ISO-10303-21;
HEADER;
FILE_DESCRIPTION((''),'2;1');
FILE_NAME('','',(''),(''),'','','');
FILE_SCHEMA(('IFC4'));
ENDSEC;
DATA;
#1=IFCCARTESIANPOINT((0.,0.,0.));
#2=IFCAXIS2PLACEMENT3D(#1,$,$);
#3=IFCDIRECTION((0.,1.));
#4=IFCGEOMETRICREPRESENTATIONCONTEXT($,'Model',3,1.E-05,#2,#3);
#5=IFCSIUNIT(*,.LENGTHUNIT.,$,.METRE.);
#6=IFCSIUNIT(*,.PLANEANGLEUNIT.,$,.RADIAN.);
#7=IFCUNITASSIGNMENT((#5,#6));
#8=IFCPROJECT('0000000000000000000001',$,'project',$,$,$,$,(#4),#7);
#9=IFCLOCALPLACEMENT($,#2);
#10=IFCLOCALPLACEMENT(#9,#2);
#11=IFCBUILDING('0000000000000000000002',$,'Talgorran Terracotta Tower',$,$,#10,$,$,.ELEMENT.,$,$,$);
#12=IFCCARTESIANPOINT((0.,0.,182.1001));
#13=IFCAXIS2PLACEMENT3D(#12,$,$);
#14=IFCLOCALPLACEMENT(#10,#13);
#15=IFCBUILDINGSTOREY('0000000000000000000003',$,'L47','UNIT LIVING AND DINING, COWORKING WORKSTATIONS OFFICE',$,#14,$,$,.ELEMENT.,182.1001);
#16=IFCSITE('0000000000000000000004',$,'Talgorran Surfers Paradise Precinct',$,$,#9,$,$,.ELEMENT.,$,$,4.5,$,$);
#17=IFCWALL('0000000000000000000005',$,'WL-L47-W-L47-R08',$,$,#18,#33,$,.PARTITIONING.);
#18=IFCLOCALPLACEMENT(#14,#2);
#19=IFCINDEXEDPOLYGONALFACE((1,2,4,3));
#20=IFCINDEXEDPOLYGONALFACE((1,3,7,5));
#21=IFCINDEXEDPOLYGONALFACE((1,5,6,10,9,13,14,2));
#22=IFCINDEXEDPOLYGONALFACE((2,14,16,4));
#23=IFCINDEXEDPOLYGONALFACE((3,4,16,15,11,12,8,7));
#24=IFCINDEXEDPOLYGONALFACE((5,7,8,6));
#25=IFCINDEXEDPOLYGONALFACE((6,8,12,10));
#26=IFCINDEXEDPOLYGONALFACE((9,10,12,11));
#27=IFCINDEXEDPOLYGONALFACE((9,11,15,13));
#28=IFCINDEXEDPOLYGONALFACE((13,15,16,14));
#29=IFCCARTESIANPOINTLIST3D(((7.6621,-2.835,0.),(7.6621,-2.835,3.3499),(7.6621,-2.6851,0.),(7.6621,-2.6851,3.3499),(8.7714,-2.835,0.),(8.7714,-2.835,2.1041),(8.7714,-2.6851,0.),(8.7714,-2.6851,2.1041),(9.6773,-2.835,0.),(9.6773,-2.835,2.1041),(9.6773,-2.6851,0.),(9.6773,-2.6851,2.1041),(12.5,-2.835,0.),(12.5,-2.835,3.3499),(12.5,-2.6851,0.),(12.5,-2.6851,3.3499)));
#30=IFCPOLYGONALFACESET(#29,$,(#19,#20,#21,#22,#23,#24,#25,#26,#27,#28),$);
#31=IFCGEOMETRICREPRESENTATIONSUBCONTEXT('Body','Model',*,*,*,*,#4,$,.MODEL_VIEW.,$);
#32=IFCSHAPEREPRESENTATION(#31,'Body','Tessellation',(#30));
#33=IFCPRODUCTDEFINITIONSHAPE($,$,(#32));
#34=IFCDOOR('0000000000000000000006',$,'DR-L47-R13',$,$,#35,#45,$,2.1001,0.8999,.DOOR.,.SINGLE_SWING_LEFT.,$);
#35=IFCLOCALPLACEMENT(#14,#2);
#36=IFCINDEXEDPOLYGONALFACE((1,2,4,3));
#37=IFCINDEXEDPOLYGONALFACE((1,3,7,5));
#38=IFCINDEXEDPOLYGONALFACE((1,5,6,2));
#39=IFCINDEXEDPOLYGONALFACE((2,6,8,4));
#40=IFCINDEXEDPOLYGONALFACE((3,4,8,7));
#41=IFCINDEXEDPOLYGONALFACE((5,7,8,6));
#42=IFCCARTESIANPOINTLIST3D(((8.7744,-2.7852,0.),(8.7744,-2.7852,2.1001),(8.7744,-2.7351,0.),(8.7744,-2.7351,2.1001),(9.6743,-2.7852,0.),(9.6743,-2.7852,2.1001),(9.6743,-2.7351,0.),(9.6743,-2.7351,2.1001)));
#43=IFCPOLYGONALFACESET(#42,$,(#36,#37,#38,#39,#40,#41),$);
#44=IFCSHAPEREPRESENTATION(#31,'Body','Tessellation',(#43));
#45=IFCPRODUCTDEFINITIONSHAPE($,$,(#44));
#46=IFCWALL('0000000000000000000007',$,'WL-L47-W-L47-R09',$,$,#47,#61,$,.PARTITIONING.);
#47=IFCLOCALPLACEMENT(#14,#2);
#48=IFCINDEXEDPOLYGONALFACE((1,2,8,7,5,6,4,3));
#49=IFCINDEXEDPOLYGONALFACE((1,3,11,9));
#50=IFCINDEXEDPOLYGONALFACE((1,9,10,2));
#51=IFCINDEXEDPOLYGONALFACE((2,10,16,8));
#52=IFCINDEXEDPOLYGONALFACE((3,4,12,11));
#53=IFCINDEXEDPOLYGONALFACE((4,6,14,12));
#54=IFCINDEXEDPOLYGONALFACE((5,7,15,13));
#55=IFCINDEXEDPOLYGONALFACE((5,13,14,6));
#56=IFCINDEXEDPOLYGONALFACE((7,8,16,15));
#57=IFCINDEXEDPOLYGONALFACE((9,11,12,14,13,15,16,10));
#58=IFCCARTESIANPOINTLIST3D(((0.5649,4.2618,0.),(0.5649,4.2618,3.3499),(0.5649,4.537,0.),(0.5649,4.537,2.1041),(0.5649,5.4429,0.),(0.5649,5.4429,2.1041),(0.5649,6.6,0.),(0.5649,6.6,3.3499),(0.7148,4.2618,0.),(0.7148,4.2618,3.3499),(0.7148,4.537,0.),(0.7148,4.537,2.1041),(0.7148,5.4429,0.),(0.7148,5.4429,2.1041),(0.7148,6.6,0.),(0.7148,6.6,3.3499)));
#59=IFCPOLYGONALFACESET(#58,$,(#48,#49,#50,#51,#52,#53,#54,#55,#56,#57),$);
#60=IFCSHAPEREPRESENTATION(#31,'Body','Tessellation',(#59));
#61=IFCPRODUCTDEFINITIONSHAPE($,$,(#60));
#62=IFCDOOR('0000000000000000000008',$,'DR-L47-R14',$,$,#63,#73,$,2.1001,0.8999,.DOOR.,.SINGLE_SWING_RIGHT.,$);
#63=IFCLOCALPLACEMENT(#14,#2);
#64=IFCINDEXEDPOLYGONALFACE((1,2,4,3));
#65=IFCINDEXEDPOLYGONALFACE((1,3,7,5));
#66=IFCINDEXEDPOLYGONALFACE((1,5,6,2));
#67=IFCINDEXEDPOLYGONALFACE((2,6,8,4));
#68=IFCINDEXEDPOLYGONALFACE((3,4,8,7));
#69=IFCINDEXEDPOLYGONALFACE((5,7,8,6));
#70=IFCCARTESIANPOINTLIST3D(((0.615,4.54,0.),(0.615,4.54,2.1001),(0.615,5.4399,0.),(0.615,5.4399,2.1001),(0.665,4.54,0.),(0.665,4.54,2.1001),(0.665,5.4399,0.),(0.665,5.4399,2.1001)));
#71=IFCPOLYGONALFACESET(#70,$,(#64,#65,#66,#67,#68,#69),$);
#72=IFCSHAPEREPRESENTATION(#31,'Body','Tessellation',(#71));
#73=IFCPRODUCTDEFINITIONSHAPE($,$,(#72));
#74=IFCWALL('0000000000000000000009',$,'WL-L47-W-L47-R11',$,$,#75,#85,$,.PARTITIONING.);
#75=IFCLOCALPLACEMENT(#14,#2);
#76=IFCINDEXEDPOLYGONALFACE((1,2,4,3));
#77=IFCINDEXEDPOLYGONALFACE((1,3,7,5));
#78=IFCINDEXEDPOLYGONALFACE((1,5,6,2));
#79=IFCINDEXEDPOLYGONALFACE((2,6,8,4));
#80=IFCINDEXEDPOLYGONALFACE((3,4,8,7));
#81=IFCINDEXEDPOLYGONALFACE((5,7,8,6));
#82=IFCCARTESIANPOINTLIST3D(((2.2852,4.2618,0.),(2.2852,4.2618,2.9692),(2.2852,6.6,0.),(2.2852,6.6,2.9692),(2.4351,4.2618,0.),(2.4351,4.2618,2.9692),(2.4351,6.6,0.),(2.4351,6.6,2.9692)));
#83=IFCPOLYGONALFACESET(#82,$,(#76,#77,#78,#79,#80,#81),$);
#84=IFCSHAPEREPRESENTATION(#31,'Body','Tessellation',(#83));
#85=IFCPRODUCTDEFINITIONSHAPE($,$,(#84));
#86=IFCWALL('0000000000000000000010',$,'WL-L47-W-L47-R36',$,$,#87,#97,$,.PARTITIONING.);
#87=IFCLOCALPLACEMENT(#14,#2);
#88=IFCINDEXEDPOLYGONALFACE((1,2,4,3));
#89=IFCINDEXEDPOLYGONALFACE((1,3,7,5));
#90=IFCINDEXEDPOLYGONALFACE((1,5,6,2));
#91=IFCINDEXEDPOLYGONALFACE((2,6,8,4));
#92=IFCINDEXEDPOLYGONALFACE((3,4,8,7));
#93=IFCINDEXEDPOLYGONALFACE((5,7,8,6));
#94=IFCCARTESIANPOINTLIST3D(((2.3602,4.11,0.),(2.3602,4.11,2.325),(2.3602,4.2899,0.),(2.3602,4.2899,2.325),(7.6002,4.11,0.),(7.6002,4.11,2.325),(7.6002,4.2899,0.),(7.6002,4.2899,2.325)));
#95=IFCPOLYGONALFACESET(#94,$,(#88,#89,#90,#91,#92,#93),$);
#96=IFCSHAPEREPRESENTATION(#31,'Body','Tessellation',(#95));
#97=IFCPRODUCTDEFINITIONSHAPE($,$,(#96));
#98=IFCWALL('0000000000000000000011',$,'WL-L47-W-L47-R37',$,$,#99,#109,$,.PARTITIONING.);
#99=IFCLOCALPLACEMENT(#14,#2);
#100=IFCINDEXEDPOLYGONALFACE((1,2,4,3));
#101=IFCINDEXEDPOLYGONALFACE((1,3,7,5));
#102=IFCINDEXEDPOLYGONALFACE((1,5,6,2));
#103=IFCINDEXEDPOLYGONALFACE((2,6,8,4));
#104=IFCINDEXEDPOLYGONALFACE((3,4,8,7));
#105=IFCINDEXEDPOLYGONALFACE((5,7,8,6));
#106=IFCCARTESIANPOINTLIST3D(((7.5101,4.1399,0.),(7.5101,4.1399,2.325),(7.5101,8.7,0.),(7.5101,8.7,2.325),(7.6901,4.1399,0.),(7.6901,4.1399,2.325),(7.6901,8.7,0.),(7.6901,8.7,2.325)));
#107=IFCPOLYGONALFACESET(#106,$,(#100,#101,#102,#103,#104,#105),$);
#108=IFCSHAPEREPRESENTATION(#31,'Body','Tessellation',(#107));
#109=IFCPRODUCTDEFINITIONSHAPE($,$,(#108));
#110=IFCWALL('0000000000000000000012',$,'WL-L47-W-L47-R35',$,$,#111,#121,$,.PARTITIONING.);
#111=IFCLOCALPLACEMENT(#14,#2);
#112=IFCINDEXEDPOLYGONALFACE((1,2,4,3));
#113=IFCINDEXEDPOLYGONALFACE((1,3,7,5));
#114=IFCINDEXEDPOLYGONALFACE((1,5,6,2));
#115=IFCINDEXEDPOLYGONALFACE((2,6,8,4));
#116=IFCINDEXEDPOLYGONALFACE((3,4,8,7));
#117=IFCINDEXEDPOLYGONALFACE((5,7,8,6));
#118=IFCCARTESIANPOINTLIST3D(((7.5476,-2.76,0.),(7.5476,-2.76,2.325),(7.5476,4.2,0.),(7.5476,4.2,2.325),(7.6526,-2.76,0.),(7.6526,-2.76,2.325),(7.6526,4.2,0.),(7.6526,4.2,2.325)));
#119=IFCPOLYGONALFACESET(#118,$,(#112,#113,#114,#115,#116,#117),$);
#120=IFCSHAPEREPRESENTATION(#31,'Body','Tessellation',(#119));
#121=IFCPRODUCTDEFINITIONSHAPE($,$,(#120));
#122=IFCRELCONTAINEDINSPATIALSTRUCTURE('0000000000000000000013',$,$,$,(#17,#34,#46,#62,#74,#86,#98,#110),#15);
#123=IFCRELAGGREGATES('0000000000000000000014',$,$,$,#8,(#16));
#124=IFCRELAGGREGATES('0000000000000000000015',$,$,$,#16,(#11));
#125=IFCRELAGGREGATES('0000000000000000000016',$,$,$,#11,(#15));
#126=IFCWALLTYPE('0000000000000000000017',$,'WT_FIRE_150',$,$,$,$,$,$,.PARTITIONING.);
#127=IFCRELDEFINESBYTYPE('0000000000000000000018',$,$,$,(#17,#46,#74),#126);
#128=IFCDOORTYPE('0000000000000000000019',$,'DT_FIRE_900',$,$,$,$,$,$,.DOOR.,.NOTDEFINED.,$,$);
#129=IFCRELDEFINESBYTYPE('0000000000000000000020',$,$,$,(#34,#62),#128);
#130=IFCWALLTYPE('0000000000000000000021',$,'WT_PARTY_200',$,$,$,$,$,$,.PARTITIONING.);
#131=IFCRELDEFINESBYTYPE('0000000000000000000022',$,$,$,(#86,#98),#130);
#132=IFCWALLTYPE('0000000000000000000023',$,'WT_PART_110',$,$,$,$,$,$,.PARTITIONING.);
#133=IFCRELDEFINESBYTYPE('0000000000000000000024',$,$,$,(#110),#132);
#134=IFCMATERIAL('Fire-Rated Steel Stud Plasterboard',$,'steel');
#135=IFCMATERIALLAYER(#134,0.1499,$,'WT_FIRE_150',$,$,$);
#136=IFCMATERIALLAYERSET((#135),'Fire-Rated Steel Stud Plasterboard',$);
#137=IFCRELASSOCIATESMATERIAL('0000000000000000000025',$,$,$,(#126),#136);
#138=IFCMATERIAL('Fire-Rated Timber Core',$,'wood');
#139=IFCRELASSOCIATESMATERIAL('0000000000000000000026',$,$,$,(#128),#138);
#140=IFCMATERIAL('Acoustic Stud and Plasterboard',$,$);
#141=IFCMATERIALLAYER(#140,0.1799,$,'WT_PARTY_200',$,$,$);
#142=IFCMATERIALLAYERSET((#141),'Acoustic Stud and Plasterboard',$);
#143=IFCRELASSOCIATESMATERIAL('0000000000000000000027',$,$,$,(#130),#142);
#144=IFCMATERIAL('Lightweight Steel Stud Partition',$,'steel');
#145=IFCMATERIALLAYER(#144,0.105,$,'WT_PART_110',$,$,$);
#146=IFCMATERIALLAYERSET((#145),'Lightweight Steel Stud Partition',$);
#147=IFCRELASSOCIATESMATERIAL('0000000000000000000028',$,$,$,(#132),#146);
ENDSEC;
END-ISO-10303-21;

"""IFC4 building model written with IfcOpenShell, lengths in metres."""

from ifc_helpers import new_model, si_unit, direction, frame, frame_2d, origin, place, context, subcontext, project, spatial, rectangle, extrude, material, layer, layer_set, type_object, element, fill, save


model = new_model("IFC4")

# Units and contexts
model_context = context("Model", 3, precision=1e-05, world=origin(), true_north=direction((0.0, 1.0)))
body_context = subcontext(model_context, "Body", "Model", "MODEL_VIEW")
ifc_project = project(units=[si_unit("LENGTHUNIT", "METRE"), si_unit("PLANEANGLEUNIT", "RADIAN")], contexts=[model_context])

# Site, building, storey
site_placement = place(None, origin())
site = spatial("IfcSite", under=ifc_project, at=site_placement, Name="Talgorran Surfers Paradise Precinct", CompositionType="ELEMENT", RefElevation=4.5)
building_placement = place(site_placement, origin())
building = spatial("IfcBuilding", under=site, at=building_placement, Name="Talgorran Terracotta Tower", CompositionType="ELEMENT")
storey_placement = place(building_placement, frame((0.0, 0.0, 182.1001)))
storey = spatial("IfcBuildingStorey", under=building, at=storey_placement, Name="L47", Description="UNIT LIVING AND DINING, COWORKING WORKSTATIONS OFFICE", CompositionType="ELEMENT", Elevation=182.1001)

# Shared definitions
ifc_material_1 = material(Name="Fire-Rated Steel Stud Plasterboard", Category="steel")
ifc_layer_1 = layer(ifc_material_1, 0.1499, Name="WT_FIRE_150")
ifc_layer_set_1 = layer_set([ifc_layer_1], Name="Fire-Rated Steel Stud Plasterboard")
wall_type_1 = type_object("IfcWallType", Name="WT_FIRE_150", PredefinedType="PARTITIONING", material=ifc_layer_set_1)
ifc_material_2 = material(Name="Fire-Rated Timber Core", Category="wood")
door_type = type_object("IfcDoorType", Name="DT_FIRE_900", OperationType="NOTDEFINED", PredefinedType="DOOR", material=ifc_material_2)

# Walls, openings, doors
wall_1_placement = place(storey_placement, frame((7.6621, -2.76, 0.0), z_axis=(0.0, 0.0, 1.0), x_axis=(1.0, 0.0, 0.0)))
wall_1 = element("IfcWall", 1, at=wall_1_placement, inside=storey, type_object=wall_type_1, Name="WL-L47-W-L47-R08", PredefinedType="PARTITIONING", context=body_context, shape_type="SweptSolid", body=[
    extrude(rectangle(XDim=4.8379, YDim=0.1499, at=frame_2d((2.4189, 0.0))), origin(), (0.0, 0.0, 1.0), 3.3499),
])
opening_1_placement = place(wall_1_placement, frame((1.1123, 0.0, 0.0)))
opening_1 = element("IfcOpeningElement", 2, at=opening_1_placement, cuts=wall_1, PredefinedType="OPENING", context=body_context, shape_type="SweptSolid", body=[
    extrude(rectangle(XDim=0.9059, YDim=2.1041, at=frame_2d((0.45, 1.052))), frame((0.0, 0.085, 0.0), z_axis=(0.0, -1.0, 0.0), x_axis=(1.0, 0.0, 0.0)), (0.0, 0.0, 1.0), 0.1699),
])
door_1_placement = place(opening_1_placement, origin())
door_1 = element("IfcDoor", 3, at=door_1_placement, inside=storey, type_object=door_type, Name="DR-L47-R13", OperationType="SINGLE_SWING_LEFT", OverallHeight=2.1001, OverallWidth=0.8999, PredefinedType="DOOR", context=body_context, shape_type="SweptSolid", body=[
    extrude(rectangle(XDim=0.8999, YDim=2.1001, at=frame_2d((0.45, 1.05))), frame((0.0, 0.0249, 0.0), z_axis=(0.0, -1.0, 0.0), x_axis=(1.0, 0.0, 0.0)), (0.0, 0.0, 1.0), 0.05),
])
fill(opening_1, door_1)
wall_2_placement = place(storey_placement, frame((0.6399, 4.262, 0.0), z_axis=(0.0, 0.0, 1.0), x_axis=(0.0, 1.0, 0.0)))
wall_2 = element("IfcWall", 4, at=wall_2_placement, inside=storey, type_object=wall_type_1, Name="WL-L47-W-L47-R09", PredefinedType="PARTITIONING", context=body_context, shape_type="SweptSolid", body=[
    extrude(rectangle(XDim=2.3381, YDim=0.1499, at=frame_2d((1.1689, 0.0))), origin(), (0.0, 0.0, 1.0), 3.3499),
])
opening_2_placement = place(wall_2_placement, frame((0.2781, 0.0, 0.0)))
opening_2 = element("IfcOpeningElement", 5, at=opening_2_placement, cuts=wall_2, PredefinedType="OPENING", context=body_context, shape_type="SweptSolid", body=[
    extrude(rectangle(XDim=0.9059, YDim=2.1041, at=frame_2d((0.45, 1.052))), frame((0.0, 0.085, 0.0), z_axis=(0.0, -1.0, 0.0), x_axis=(1.0, 0.0, 0.0)), (0.0, 0.0, 1.0), 0.1699),
])
door_2_placement = place(opening_2_placement, origin())
door_2 = element("IfcDoor", 6, at=door_2_placement, inside=storey, type_object=door_type, Name="DR-L47-R14", OperationType="SINGLE_SWING_RIGHT", OverallHeight=2.1001, OverallWidth=0.8999, PredefinedType="DOOR", context=body_context, shape_type="SweptSolid", body=[
    extrude(rectangle(XDim=0.8999, YDim=2.1001, at=frame_2d((0.45, 1.05))), frame((0.0, 0.0249, 0.0), z_axis=(0.0, -1.0, 0.0), x_axis=(1.0, 0.0, 0.0)), (0.0, 0.0, 1.0), 0.05),
])
fill(opening_2, door_2)

# Walls
wall_3_placement = place(storey_placement, frame((2.3601, 4.262, 0.0), z_axis=(0.0, 0.0, 1.0), x_axis=(0.0, 1.0, 0.0)))
element("IfcWall", 7, at=wall_3_placement, inside=storey, type_object=wall_type_1, Name="WL-L47-W-L47-R11", PredefinedType="PARTITIONING", context=body_context, shape_type="SweptSolid", body=[
    extrude(rectangle(XDim=2.3381, YDim=0.1499, at=frame_2d((1.1689, 0.0))), origin(), (0.0, 0.0, 1.0), 2.9692),
])
ifc_material_3 = material(Name="Acoustic Stud and Plasterboard")
ifc_layer_2 = layer(ifc_material_3, 0.1799, Name="WT_PARTY_200")
ifc_layer_set_2 = layer_set([ifc_layer_2], Name="Acoustic Stud and Plasterboard")
wall_type_2 = type_object("IfcWallType", Name="WT_PARTY_200", PredefinedType="PARTITIONING", material=ifc_layer_set_2)
wall_4_placement = place(storey_placement, frame((2.3601, 4.2, 0.0), z_axis=(0.0, 0.0, 1.0), x_axis=(1.0, 0.0, 0.0)))
element("IfcWall", 8, at=wall_4_placement, inside=storey, type_object=wall_type_2, Name="WL-L47-W-L47-R36", PredefinedType="PARTITIONING", context=body_context, shape_type="SweptSolid", body=[
    extrude(rectangle(XDim=5.24, YDim=0.1799, at=frame_2d((2.6201, 0.0))), origin(), (0.0, 0.0, 1.0), 2.325),
])
wall_5_placement = place(storey_placement, frame((7.6001, 4.1399, 0.0), z_axis=(0.0, 0.0, 1.0), x_axis=(0.0, 1.0, 0.0)))
element("IfcWall", 9, at=wall_5_placement, inside=storey, type_object=wall_type_2, Name="WL-L47-W-L47-R37", PredefinedType="PARTITIONING", context=body_context, shape_type="SweptSolid", body=[
    extrude(rectangle(XDim=4.5601, YDim=0.1799, at=frame_2d((2.28, 0.0))), origin(), (0.0, 0.0, 1.0), 2.325),
])
ifc_material_4 = material(Name="Lightweight Steel Stud Partition", Category="steel")
ifc_layer_3 = layer(ifc_material_4, 0.105, Name="WT_PART_110")
ifc_layer_set_3 = layer_set([ifc_layer_3], Name="Lightweight Steel Stud Partition")
wall_type_3 = type_object("IfcWallType", Name="WT_PART_110", PredefinedType="PARTITIONING", material=ifc_layer_set_3)
wall_6_placement = place(storey_placement, frame((7.6001, -2.76, 0.0), z_axis=(0.0, 0.0, 1.0), x_axis=(0.0, 1.0, 0.0)))
element("IfcWall", 10, at=wall_6_placement, inside=storey, type_object=wall_type_3, Name="WL-L47-W-L47-R35", PredefinedType="PARTITIONING", context=body_context, shape_type="SweptSolid", body=[
    extrude(rectangle(XDim=6.96, YDim=0.105, at=frame_2d((3.48, 0.0))), origin(), (0.0, 0.0, 1.0), 2.325),
])

save(model, "model.ifc")
